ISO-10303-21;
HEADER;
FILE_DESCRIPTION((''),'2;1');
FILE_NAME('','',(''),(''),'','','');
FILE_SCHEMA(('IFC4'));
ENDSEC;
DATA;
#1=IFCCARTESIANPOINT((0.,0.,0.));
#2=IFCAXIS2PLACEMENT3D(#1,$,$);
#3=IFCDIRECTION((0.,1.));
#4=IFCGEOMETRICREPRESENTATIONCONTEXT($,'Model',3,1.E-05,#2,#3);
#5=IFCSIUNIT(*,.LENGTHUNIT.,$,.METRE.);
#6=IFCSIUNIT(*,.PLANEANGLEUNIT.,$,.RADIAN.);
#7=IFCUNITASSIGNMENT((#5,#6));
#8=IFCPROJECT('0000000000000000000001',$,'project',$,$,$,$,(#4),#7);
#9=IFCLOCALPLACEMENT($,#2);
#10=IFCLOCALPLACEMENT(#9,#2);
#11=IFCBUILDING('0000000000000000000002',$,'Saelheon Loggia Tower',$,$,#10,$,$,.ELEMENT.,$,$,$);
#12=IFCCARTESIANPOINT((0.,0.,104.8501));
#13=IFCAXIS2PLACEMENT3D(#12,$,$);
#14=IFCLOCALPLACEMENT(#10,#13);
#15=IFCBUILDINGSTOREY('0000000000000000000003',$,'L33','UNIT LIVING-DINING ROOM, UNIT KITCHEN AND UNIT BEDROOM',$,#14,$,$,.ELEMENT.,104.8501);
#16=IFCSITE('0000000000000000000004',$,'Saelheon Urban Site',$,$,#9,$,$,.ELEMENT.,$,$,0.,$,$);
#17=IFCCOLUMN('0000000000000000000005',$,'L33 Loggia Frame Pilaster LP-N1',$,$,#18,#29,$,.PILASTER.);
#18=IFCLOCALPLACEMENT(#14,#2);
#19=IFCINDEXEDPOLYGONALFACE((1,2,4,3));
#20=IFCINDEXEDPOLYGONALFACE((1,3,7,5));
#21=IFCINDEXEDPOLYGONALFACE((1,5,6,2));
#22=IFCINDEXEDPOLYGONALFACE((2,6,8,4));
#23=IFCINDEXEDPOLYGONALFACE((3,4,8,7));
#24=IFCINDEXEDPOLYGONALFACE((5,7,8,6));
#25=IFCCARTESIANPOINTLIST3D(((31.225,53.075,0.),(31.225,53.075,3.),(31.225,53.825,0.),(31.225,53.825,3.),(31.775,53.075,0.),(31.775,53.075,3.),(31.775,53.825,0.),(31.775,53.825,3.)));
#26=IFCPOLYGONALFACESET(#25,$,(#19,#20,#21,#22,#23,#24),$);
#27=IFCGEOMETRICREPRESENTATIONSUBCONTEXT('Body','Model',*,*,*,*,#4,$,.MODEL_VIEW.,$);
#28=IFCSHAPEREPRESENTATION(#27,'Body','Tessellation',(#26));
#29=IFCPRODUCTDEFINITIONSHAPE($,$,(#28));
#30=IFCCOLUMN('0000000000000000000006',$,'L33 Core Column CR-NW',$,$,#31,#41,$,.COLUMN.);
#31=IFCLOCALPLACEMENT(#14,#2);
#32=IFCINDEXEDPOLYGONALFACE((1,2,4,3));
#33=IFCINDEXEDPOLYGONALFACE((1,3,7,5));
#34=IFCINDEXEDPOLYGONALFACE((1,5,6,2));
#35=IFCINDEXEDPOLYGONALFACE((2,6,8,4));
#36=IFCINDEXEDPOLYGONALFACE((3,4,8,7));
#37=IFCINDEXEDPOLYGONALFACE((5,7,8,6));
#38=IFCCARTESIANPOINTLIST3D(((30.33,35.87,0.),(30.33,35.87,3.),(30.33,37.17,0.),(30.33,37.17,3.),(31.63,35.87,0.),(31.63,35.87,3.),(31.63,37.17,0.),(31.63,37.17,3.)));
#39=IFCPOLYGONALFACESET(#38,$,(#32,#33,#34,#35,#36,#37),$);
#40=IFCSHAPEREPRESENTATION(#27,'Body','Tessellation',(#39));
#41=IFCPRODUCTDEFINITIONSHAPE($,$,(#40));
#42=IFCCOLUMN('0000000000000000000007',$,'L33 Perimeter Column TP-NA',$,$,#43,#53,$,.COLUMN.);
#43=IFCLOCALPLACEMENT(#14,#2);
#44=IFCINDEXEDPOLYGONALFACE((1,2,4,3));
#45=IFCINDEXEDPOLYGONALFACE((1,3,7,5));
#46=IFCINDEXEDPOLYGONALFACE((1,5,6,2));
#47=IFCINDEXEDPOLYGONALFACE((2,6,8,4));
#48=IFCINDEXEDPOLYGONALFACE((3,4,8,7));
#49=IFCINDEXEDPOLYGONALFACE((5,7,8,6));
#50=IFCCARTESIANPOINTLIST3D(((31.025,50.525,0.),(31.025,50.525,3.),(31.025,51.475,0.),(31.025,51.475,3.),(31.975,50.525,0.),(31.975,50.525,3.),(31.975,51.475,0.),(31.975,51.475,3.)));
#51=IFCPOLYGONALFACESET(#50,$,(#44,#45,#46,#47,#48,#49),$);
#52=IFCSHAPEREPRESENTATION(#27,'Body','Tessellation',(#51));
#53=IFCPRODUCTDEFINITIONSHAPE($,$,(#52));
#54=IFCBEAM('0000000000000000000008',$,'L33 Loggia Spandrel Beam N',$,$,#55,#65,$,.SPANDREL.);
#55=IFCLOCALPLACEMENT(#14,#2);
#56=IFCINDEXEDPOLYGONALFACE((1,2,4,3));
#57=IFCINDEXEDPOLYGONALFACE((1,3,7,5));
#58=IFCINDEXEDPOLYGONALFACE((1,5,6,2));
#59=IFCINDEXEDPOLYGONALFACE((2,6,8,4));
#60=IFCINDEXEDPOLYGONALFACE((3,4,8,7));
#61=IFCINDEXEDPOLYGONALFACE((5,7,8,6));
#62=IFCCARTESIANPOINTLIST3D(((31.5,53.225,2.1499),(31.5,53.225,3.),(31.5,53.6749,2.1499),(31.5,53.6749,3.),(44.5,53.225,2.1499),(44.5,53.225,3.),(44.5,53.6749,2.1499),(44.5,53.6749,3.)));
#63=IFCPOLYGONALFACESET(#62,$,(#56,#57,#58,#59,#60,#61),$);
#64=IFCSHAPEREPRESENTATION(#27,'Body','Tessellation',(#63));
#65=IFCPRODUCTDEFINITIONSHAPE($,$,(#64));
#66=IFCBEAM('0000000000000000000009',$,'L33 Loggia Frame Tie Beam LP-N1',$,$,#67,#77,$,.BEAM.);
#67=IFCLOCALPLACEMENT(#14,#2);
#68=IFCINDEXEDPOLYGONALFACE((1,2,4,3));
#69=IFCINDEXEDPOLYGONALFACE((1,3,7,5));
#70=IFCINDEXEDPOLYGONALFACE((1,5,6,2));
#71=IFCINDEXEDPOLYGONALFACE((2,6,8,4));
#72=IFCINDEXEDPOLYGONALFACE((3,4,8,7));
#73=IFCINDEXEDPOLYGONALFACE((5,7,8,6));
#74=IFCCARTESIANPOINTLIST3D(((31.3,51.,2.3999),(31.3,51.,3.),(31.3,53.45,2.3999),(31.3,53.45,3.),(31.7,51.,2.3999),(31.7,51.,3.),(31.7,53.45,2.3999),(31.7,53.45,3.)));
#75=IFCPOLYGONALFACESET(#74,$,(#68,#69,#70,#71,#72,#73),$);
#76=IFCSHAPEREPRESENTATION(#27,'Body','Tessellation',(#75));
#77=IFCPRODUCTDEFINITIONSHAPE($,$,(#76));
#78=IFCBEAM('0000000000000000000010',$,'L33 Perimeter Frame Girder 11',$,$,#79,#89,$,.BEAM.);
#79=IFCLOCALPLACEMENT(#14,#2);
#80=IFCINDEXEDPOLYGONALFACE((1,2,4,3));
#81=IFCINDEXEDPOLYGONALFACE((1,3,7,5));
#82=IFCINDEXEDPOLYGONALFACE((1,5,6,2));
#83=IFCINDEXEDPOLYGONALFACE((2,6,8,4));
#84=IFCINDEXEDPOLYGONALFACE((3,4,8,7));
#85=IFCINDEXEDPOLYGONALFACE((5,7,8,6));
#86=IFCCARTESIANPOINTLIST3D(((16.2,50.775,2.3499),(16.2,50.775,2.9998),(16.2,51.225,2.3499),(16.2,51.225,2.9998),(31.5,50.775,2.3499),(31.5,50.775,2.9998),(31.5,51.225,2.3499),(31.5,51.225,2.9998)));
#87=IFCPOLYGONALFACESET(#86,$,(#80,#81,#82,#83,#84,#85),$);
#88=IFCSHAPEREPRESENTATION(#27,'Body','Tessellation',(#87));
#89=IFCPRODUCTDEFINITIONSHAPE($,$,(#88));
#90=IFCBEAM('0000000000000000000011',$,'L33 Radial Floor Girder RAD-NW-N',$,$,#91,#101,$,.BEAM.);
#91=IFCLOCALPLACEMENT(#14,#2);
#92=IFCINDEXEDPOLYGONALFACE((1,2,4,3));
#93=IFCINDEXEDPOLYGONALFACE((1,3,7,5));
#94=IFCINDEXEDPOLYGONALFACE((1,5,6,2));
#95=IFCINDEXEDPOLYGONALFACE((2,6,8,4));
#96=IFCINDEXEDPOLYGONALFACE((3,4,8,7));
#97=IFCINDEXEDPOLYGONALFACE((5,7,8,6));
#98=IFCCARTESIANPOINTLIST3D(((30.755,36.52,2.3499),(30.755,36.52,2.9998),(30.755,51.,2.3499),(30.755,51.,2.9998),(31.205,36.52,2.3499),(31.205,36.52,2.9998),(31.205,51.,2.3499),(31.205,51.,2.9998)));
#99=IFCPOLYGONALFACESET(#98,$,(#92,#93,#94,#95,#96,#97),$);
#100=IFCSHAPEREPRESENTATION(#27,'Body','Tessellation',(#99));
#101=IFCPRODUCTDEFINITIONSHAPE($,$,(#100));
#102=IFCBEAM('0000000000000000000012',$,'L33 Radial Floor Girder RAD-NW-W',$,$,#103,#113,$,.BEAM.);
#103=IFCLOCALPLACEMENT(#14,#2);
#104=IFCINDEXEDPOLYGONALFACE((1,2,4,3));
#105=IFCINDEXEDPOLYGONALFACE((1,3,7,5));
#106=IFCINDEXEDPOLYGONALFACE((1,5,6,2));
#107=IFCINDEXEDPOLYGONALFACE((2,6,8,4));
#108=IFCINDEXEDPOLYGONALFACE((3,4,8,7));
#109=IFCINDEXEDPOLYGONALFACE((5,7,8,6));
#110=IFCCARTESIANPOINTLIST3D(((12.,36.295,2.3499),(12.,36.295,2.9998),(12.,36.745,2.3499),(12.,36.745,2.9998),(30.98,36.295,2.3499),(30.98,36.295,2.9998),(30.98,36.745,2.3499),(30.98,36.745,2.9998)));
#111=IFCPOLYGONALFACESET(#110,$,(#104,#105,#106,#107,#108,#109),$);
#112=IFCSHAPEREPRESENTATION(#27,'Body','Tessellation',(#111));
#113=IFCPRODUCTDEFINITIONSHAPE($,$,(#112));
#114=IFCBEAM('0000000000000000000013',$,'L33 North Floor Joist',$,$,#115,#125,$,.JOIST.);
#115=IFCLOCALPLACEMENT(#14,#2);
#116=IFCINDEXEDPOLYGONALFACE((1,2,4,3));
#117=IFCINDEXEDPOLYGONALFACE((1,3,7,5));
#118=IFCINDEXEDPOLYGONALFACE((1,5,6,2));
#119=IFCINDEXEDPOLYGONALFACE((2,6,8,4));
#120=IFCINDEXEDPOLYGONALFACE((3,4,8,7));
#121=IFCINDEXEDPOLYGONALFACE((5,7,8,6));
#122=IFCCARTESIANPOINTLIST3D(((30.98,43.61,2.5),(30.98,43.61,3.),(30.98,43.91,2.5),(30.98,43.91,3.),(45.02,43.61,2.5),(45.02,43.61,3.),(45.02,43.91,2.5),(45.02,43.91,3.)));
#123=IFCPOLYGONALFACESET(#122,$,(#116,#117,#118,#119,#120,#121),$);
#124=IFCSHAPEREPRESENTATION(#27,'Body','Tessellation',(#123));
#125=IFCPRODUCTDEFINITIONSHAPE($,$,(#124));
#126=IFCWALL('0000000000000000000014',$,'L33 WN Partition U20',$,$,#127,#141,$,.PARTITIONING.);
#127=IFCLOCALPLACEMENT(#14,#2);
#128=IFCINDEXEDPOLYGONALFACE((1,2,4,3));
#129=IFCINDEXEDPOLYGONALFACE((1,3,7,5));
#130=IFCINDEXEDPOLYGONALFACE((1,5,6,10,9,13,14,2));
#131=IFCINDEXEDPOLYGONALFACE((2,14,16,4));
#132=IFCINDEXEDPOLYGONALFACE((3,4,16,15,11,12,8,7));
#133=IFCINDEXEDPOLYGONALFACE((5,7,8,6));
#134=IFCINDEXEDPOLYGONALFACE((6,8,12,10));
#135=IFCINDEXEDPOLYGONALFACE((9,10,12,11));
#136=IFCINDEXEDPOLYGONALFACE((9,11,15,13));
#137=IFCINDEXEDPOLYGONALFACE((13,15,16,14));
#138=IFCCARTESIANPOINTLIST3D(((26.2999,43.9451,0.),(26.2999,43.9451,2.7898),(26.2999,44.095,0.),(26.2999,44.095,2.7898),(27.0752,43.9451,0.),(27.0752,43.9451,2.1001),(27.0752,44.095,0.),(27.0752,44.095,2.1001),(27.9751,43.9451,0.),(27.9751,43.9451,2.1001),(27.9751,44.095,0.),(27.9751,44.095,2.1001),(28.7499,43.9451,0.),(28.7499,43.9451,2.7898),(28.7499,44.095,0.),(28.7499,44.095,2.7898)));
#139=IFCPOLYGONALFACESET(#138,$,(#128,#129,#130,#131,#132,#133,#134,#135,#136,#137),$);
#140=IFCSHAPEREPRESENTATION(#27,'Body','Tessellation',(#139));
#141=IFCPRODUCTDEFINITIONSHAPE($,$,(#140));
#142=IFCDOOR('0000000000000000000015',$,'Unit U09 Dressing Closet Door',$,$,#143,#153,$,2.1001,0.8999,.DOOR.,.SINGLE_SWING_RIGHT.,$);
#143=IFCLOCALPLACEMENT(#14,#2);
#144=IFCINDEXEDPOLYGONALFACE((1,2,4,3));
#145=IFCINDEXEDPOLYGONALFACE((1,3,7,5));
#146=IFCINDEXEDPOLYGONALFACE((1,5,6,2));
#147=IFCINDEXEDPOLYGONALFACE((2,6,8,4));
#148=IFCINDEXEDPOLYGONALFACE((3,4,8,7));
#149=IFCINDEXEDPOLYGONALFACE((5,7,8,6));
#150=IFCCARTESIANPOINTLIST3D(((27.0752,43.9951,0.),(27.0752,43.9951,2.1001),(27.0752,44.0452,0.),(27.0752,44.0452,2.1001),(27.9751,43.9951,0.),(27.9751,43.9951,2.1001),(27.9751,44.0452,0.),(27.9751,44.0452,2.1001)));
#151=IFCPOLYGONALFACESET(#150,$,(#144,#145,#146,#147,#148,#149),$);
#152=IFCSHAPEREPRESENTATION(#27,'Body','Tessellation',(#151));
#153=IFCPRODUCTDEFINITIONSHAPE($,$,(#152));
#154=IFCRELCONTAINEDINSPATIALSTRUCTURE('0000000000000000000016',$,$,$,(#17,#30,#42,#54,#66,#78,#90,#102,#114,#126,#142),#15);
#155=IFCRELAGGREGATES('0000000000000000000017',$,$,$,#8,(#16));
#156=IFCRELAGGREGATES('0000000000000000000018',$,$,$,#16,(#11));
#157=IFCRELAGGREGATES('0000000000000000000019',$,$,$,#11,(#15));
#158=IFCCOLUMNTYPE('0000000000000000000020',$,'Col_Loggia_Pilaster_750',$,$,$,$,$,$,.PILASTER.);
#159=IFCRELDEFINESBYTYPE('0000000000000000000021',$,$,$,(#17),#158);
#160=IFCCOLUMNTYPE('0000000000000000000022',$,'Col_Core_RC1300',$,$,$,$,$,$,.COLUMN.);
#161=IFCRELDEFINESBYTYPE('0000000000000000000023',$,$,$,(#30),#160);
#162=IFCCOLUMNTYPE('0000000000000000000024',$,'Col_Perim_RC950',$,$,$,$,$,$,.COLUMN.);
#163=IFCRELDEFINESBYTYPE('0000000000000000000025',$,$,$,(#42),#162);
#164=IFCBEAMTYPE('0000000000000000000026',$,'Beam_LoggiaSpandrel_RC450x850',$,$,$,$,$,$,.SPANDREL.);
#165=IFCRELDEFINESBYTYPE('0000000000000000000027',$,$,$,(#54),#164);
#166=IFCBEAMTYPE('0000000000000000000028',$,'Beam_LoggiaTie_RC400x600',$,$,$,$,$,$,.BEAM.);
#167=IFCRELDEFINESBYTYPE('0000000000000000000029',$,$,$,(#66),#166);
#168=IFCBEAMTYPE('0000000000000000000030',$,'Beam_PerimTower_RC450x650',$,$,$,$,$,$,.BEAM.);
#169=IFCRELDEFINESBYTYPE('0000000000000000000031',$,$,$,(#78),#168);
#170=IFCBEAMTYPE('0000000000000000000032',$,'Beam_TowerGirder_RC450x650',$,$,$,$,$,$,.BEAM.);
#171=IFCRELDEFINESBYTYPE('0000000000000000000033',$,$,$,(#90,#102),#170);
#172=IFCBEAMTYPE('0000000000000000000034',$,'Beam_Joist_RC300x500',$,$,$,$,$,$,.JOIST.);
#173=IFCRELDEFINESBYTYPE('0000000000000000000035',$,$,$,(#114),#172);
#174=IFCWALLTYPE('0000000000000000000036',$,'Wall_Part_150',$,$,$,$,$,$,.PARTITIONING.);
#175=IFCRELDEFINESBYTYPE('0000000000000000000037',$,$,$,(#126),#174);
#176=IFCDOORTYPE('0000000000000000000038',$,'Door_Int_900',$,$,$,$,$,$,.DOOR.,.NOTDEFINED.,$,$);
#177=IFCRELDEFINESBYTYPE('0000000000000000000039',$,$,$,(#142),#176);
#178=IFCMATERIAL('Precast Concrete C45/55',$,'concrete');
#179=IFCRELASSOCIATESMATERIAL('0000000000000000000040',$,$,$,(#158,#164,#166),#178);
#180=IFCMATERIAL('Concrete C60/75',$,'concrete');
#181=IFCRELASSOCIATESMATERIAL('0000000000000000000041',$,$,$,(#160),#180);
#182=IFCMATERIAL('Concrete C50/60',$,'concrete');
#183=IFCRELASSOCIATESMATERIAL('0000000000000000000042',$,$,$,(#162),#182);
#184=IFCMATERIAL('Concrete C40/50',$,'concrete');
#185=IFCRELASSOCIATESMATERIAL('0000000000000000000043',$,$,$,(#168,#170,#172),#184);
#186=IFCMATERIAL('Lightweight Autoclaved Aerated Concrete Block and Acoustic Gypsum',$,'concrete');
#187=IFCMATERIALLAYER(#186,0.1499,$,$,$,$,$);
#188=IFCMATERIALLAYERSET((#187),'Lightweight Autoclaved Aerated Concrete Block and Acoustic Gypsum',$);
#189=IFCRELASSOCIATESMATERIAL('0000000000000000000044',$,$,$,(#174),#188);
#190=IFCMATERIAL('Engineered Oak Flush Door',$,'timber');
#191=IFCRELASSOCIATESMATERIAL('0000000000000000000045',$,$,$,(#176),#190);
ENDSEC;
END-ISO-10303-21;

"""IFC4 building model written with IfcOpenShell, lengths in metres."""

from ifc_helpers import new_model, si_unit, direction, frame, frame_2d, origin, origin_2d, place, context, subcontext, project, spatial, rectangle, extrude, source, transform, mapped, material, layer, layer_set, material_profile, profile_set, type_object, element, fill, save


model = new_model("IFC4")

# Units and contexts
model_context = context("Model", 3, precision=1e-05, world=origin(), true_north=direction((0.0, 1.0)))
body_context = subcontext(model_context, "Body", "Model", "MODEL_VIEW")
ifc_project = project(units=[si_unit("LENGTHUNIT", "METRE"), si_unit("PLANEANGLEUNIT", "RADIAN")], contexts=[model_context])

# Site, building, storey
site_placement = place(None, origin())
site = spatial("IfcSite", under=ifc_project, at=site_placement, Name="Saelheon Urban Site", CompositionType="ELEMENT", RefElevation=0.0)
building_placement = place(site_placement, origin())
building = spatial("IfcBuilding", under=site, at=building_placement, Name="Saelheon Loggia Tower", CompositionType="ELEMENT")
storey_placement = place(building_placement, frame((0.0, 0.0, 104.8501)))
storey = spatial("IfcBuildingStorey", under=building, at=storey_placement, Name="L33", Description="UNIT LIVING-DINING ROOM, UNIT KITCHEN AND UNIT BEDROOM", CompositionType="ELEMENT", Elevation=104.8501)

# Columns
ifc_material_1 = material(Name="Precast Concrete C45/55", Category="concrete")
ifc_material_profile_1 = material_profile(ifc_material_1, rectangle(XDim=0.55, YDim=0.75, at=origin_2d()), Name="RC-550x750")
ifc_profile_set_1 = profile_set([ifc_material_profile_1], Name="Precast Concrete C45/55")
column_type_1 = type_object("IfcColumnType", Name="Col_Loggia_Pilaster_750", PredefinedType="PILASTER", material=ifc_profile_set_1)
shared_shape_1 = source(origin(), body_context, "Body", "SweptSolid", [
    extrude(rectangle(XDim=0.55, YDim=0.75, at=origin_2d()), origin(), (0.0, 0.0, 1.0), 3.0),
])
column_1_placement = place(storey_placement, frame((31.5, 53.45, 0.0), z_axis=(0.0, 0.0, 1.0), x_axis=(1.0, 0.0, 0.0)))
element("IfcColumn", 1, at=column_1_placement, inside=storey, type_object=column_type_1, Name="L33 Loggia Frame Pilaster LP-N1", PredefinedType="PILASTER", context=body_context, shape_type="MappedRepresentation", body=[
    mapped(shared_shape_1, transform((0.0, 0.0, 0.0), scale=1.0)),
])
ifc_material_2 = material(Name="Concrete C60/75", Category="concrete")
ifc_material_profile_2 = material_profile(ifc_material_2, rectangle(XDim=1.3, YDim=1.3, at=origin_2d()), Name="RC-1300x1300")
ifc_profile_set_2 = profile_set([ifc_material_profile_2], Name="Concrete C60/75")
column_type_2 = type_object("IfcColumnType", Name="Col_Core_RC1300", PredefinedType="COLUMN", material=ifc_profile_set_2)
shared_shape_2 = source(origin(), body_context, "Body", "SweptSolid", [
    extrude(rectangle(XDim=1.3, YDim=1.3, at=origin_2d()), origin(), (0.0, 0.0, 1.0), 3.0),
])
column_2_placement = place(storey_placement, frame((30.98, 36.52, 0.0), z_axis=(0.0, 0.0, 1.0), x_axis=(1.0, 0.0, 0.0)))
element("IfcColumn", 2, at=column_2_placement, inside=storey, type_object=column_type_2, Name="L33 Core Column CR-NW", PredefinedType="COLUMN", context=body_context, shape_type="MappedRepresentation", body=[
    mapped(shared_shape_2, transform((0.0, 0.0, 0.0), scale=1.0)),
])
ifc_material_3 = material(Name="Concrete C50/60", Category="concrete")
ifc_material_profile_3 = material_profile(ifc_material_3, rectangle(XDim=0.95, YDim=0.95, at=origin_2d()), Name="RC-950x950")
ifc_profile_set_3 = profile_set([ifc_material_profile_3], Name="Concrete C50/60")
column_type_3 = type_object("IfcColumnType", Name="Col_Perim_RC950", PredefinedType="COLUMN", material=ifc_profile_set_3)
shared_shape_3 = source(origin(), body_context, "Body", "SweptSolid", [
    extrude(rectangle(XDim=0.95, YDim=0.95, at=origin_2d()), origin(), (0.0, 0.0, 1.0), 3.0),
])
column_3_placement = place(storey_placement, frame((31.5, 51.0, 0.0), z_axis=(0.0, 0.0, 1.0), x_axis=(1.0, 0.0, 0.0)))
element("IfcColumn", 3, at=column_3_placement, inside=storey, type_object=column_type_3, Name="L33 Perimeter Column TP-NA", PredefinedType="COLUMN", context=body_context, shape_type="MappedRepresentation", body=[
    mapped(shared_shape_3, transform((0.0, 0.0, 0.0), scale=1.0)),
])

# Beams
ifc_material_profile_4 = material_profile(ifc_material_1, rectangle(XDim=0.45, YDim=0.8501, at=origin_2d()), Name="RC-450x850")
ifc_profile_set_4 = profile_set([ifc_material_profile_4], Name="Precast Concrete C45/55")
beam_type_1 = type_object("IfcBeamType", Name="Beam_LoggiaSpandrel_RC450x850", PredefinedType="SPANDREL", material=ifc_profile_set_4)
shared_shape_4 = source(origin(), body_context, "Body", "SweptSolid", [
    extrude(rectangle(XDim=0.45, YDim=0.8501, at=origin_2d()), origin(), (0.0, 0.0, 1.0), 13.0),
])
beam_1_placement = place(storey_placement, frame((31.5, 53.45, 2.575), z_axis=(1.0, 0.0, 0.0), x_axis=(0.0, 1.0, 0.0)))
element("IfcBeam", 4, at=beam_1_placement, inside=storey, type_object=beam_type_1, Name="L33 Loggia Spandrel Beam N", PredefinedType="SPANDREL", context=body_context, shape_type="MappedRepresentation", body=[
    mapped(shared_shape_4, transform((0.0, 0.0, 0.0), scale=1.0)),
])
ifc_material_profile_5 = material_profile(ifc_material_1, rectangle(XDim=0.3999, YDim=0.6001, at=origin_2d()), Name="RC-400x600")
ifc_profile_set_5 = profile_set([ifc_material_profile_5], Name="Precast Concrete C45/55")
beam_type_2 = type_object("IfcBeamType", Name="Beam_LoggiaTie_RC400x600", PredefinedType="BEAM", material=ifc_profile_set_5)
shared_shape_5 = source(origin(), body_context, "Body", "SweptSolid", [
    extrude(rectangle(XDim=0.3999, YDim=0.6001, at=origin_2d()), origin(), (0.0, 0.0, 1.0), 2.45),
])
beam_2_placement = place(storey_placement, frame((31.5, 51.0, 2.7), z_axis=(0.0, 1.0, 0.0), x_axis=(-1.0, 0.0, 0.0)))
element("IfcBeam", 5, at=beam_2_placement, inside=storey, type_object=beam_type_2, Name="L33 Loggia Frame Tie Beam LP-N1", PredefinedType="BEAM", context=body_context, shape_type="MappedRepresentation", body=[
    mapped(shared_shape_5, transform((0.0, 0.0, 0.0), scale=1.0)),
])
ifc_material_4 = material(Name="Concrete C40/50", Category="concrete")
ifc_material_profile_6 = material_profile(ifc_material_4, rectangle(XDim=0.45, YDim=0.6499, at=origin_2d()), Name="RC-450x650")
ifc_profile_set_6 = profile_set([ifc_material_profile_6], Name="Concrete C40/50")
beam_type_3 = type_object("IfcBeamType", Name="Beam_PerimTower_RC450x650", PredefinedType="BEAM", material=ifc_profile_set_6)
shared_shape_6 = source(origin(), body_context, "Body", "SweptSolid", [
    extrude(rectangle(XDim=0.45, YDim=0.6499, at=origin_2d()), origin(), (0.0, 0.0, 1.0), 15.3),
])
beam_3_placement = place(storey_placement, frame((31.5, 51.0, 2.6748), z_axis=(-1.0, 0.0, 0.0), x_axis=(0.0, -1.0, 0.0)))
element("IfcBeam", 6, at=beam_3_placement, inside=storey, type_object=beam_type_3, Name="L33 Perimeter Frame Girder 11", PredefinedType="BEAM", context=body_context, shape_type="MappedRepresentation", body=[
    mapped(shared_shape_6, transform((0.0, 0.0, 0.0), scale=1.0)),
])
ifc_material_profile_7 = material_profile(ifc_material_4, rectangle(XDim=0.45, YDim=0.6499, at=origin_2d()), Name="RC-450x650")
ifc_profile_set_7 = profile_set([ifc_material_profile_7], Name="Concrete C40/50")
beam_type_4 = type_object("IfcBeamType", Name="Beam_TowerGirder_RC450x650", PredefinedType="BEAM", material=ifc_profile_set_7)
shared_shape_7 = source(origin(), body_context, "Body", "SweptSolid", [
    extrude(rectangle(XDim=0.45, YDim=0.6499, at=origin_2d()), origin(), (0.0, 0.0, 1.0), 14.48),
])
beam_4_placement = place(storey_placement, frame((30.98, 36.52, 2.6748), z_axis=(0.0, 1.0, 0.0), x_axis=(-1.0, 0.0, 0.0)))
element("IfcBeam", 7, at=beam_4_placement, inside=storey, type_object=beam_type_4, Name="L33 Radial Floor Girder RAD-NW-N", PredefinedType="BEAM", context=body_context, shape_type="MappedRepresentation", body=[
    mapped(shared_shape_7, transform((0.0, 0.0, 0.0), scale=1.0)),
])
shared_shape_8 = source(origin(), body_context, "Body", "SweptSolid", [
    extrude(rectangle(XDim=0.45, YDim=0.6499, at=origin_2d()), origin(), (0.0, 0.0, 1.0), 18.98),
])
beam_5_placement = place(storey_placement, frame((30.98, 36.52, 2.6748), z_axis=(-1.0, 0.0, 0.0), x_axis=(0.0, -1.0, 0.0)))
element("IfcBeam", 8, at=beam_5_placement, inside=storey, type_object=beam_type_4, Name="L33 Radial Floor Girder RAD-NW-W", PredefinedType="BEAM", context=body_context, shape_type="MappedRepresentation", body=[
    mapped(shared_shape_8, transform((0.0, 0.0, 0.0), scale=1.0)),
])
ifc_material_profile_8 = material_profile(ifc_material_4, rectangle(XDim=0.3, YDim=0.5, at=origin_2d()), Name="RC-300x500")
ifc_profile_set_8 = profile_set([ifc_material_profile_8], Name="Concrete C40/50")
beam_type_5 = type_object("IfcBeamType", Name="Beam_Joist_RC300x500", PredefinedType="JOIST", material=ifc_profile_set_8)
shared_shape_9 = source(origin(), body_context, "Body", "SweptSolid", [
    extrude(rectangle(XDim=0.3, YDim=0.5, at=origin_2d()), origin(), (0.0, 0.0, 1.0), 14.04),
])
beam_6_placement = place(storey_placement, frame((30.98, 43.76, 2.75), z_axis=(1.0, 0.0, 0.0), x_axis=(0.0, 1.0, 0.0)))
element("IfcBeam", 9, at=beam_6_placement, inside=storey, type_object=beam_type_5, Name="L33 North Floor Joist", PredefinedType="JOIST", context=body_context, shape_type="MappedRepresentation", body=[
    mapped(shared_shape_9, transform((0.0, 0.0, 0.0), scale=1.0)),
])

# Wall, opening, door
ifc_material_5 = material(Name="Lightweight Autoclaved Aerated Concrete Block and Acoustic Gypsum", Category="concrete")
ifc_layer_1 = layer(ifc_material_5, 0.1499)
ifc_layer_set_1 = layer_set([ifc_layer_1], Name="Lightweight Autoclaved Aerated Concrete Block and Acoustic Gypsum")
wall_type_1 = type_object("IfcWallType", Name="Wall_Part_150", PredefinedType="PARTITIONING", material=ifc_layer_set_1)
wall_1_placement = place(storey_placement, frame((28.75, 44.02, 0.0), z_axis=(0.0, 0.0, 1.0), x_axis=(-1.0, 0.0, 0.0)))
wall_1 = element("IfcWall", 10, at=wall_1_placement, inside=storey, type_object=wall_type_1, Name="L33 WN Partition U20", PredefinedType="PARTITIONING", context=body_context, shape_type="SweptSolid", body=[
    extrude(rectangle(XDim=2.45, YDim=0.1499, at=frame_2d((1.2251, 0.0))), origin(), (0.0, 0.0, 1.0), 2.7898),
])
opening_1_placement = place(wall_1_placement, frame((0.7749, 0.0, 0.0)))
opening_1 = element("IfcOpeningElement", 11, at=opening_1_placement, cuts=wall_1, PredefinedType="OPENING", context=body_context, shape_type="SweptSolid", body=[
    extrude(rectangle(XDim=0.8999, YDim=2.1001, at=frame_2d((0.45, 1.05))), frame((0.0, 0.0869, 0.0), z_axis=(0.0, -1.0, 0.0), x_axis=(1.0, 0.0, 0.0)), (0.0, 0.0, 1.0), 0.1738),
])
ifc_material_6 = material(Name="Engineered Oak Flush Door", Category="timber")
door_type_1 = type_object("IfcDoorType", Name="Door_Int_900", OperationType="NOTDEFINED", PredefinedType="DOOR", material=ifc_material_6)
shared_shape_10 = source(origin(), body_context, "Body", "SweptSolid", [
    extrude(rectangle(XDim=0.8999, YDim=2.1001, at=frame_2d((0.45, 1.05))), frame((0.0, 0.0249, 0.0), z_axis=(0.0, -1.0, 0.0), x_axis=(1.0, 0.0, 0.0)), (0.0, 0.0, 1.0), 0.05),
])
door_1_placement = place(opening_1_placement, origin())
door_1 = element("IfcDoor", 12, at=door_1_placement, inside=storey, type_object=door_type_1, Name="Unit U09 Dressing Closet Door", OperationType="SINGLE_SWING_RIGHT", OverallHeight=2.1001, OverallWidth=0.8999, PredefinedType="DOOR", context=body_context, shape_type="MappedRepresentation", body=[
    mapped(shared_shape_10, transform((0.0, 0.0, 0.0), scale=1.0)),
])
fill(opening_1, door_1)

save(model, "model.ifc")
